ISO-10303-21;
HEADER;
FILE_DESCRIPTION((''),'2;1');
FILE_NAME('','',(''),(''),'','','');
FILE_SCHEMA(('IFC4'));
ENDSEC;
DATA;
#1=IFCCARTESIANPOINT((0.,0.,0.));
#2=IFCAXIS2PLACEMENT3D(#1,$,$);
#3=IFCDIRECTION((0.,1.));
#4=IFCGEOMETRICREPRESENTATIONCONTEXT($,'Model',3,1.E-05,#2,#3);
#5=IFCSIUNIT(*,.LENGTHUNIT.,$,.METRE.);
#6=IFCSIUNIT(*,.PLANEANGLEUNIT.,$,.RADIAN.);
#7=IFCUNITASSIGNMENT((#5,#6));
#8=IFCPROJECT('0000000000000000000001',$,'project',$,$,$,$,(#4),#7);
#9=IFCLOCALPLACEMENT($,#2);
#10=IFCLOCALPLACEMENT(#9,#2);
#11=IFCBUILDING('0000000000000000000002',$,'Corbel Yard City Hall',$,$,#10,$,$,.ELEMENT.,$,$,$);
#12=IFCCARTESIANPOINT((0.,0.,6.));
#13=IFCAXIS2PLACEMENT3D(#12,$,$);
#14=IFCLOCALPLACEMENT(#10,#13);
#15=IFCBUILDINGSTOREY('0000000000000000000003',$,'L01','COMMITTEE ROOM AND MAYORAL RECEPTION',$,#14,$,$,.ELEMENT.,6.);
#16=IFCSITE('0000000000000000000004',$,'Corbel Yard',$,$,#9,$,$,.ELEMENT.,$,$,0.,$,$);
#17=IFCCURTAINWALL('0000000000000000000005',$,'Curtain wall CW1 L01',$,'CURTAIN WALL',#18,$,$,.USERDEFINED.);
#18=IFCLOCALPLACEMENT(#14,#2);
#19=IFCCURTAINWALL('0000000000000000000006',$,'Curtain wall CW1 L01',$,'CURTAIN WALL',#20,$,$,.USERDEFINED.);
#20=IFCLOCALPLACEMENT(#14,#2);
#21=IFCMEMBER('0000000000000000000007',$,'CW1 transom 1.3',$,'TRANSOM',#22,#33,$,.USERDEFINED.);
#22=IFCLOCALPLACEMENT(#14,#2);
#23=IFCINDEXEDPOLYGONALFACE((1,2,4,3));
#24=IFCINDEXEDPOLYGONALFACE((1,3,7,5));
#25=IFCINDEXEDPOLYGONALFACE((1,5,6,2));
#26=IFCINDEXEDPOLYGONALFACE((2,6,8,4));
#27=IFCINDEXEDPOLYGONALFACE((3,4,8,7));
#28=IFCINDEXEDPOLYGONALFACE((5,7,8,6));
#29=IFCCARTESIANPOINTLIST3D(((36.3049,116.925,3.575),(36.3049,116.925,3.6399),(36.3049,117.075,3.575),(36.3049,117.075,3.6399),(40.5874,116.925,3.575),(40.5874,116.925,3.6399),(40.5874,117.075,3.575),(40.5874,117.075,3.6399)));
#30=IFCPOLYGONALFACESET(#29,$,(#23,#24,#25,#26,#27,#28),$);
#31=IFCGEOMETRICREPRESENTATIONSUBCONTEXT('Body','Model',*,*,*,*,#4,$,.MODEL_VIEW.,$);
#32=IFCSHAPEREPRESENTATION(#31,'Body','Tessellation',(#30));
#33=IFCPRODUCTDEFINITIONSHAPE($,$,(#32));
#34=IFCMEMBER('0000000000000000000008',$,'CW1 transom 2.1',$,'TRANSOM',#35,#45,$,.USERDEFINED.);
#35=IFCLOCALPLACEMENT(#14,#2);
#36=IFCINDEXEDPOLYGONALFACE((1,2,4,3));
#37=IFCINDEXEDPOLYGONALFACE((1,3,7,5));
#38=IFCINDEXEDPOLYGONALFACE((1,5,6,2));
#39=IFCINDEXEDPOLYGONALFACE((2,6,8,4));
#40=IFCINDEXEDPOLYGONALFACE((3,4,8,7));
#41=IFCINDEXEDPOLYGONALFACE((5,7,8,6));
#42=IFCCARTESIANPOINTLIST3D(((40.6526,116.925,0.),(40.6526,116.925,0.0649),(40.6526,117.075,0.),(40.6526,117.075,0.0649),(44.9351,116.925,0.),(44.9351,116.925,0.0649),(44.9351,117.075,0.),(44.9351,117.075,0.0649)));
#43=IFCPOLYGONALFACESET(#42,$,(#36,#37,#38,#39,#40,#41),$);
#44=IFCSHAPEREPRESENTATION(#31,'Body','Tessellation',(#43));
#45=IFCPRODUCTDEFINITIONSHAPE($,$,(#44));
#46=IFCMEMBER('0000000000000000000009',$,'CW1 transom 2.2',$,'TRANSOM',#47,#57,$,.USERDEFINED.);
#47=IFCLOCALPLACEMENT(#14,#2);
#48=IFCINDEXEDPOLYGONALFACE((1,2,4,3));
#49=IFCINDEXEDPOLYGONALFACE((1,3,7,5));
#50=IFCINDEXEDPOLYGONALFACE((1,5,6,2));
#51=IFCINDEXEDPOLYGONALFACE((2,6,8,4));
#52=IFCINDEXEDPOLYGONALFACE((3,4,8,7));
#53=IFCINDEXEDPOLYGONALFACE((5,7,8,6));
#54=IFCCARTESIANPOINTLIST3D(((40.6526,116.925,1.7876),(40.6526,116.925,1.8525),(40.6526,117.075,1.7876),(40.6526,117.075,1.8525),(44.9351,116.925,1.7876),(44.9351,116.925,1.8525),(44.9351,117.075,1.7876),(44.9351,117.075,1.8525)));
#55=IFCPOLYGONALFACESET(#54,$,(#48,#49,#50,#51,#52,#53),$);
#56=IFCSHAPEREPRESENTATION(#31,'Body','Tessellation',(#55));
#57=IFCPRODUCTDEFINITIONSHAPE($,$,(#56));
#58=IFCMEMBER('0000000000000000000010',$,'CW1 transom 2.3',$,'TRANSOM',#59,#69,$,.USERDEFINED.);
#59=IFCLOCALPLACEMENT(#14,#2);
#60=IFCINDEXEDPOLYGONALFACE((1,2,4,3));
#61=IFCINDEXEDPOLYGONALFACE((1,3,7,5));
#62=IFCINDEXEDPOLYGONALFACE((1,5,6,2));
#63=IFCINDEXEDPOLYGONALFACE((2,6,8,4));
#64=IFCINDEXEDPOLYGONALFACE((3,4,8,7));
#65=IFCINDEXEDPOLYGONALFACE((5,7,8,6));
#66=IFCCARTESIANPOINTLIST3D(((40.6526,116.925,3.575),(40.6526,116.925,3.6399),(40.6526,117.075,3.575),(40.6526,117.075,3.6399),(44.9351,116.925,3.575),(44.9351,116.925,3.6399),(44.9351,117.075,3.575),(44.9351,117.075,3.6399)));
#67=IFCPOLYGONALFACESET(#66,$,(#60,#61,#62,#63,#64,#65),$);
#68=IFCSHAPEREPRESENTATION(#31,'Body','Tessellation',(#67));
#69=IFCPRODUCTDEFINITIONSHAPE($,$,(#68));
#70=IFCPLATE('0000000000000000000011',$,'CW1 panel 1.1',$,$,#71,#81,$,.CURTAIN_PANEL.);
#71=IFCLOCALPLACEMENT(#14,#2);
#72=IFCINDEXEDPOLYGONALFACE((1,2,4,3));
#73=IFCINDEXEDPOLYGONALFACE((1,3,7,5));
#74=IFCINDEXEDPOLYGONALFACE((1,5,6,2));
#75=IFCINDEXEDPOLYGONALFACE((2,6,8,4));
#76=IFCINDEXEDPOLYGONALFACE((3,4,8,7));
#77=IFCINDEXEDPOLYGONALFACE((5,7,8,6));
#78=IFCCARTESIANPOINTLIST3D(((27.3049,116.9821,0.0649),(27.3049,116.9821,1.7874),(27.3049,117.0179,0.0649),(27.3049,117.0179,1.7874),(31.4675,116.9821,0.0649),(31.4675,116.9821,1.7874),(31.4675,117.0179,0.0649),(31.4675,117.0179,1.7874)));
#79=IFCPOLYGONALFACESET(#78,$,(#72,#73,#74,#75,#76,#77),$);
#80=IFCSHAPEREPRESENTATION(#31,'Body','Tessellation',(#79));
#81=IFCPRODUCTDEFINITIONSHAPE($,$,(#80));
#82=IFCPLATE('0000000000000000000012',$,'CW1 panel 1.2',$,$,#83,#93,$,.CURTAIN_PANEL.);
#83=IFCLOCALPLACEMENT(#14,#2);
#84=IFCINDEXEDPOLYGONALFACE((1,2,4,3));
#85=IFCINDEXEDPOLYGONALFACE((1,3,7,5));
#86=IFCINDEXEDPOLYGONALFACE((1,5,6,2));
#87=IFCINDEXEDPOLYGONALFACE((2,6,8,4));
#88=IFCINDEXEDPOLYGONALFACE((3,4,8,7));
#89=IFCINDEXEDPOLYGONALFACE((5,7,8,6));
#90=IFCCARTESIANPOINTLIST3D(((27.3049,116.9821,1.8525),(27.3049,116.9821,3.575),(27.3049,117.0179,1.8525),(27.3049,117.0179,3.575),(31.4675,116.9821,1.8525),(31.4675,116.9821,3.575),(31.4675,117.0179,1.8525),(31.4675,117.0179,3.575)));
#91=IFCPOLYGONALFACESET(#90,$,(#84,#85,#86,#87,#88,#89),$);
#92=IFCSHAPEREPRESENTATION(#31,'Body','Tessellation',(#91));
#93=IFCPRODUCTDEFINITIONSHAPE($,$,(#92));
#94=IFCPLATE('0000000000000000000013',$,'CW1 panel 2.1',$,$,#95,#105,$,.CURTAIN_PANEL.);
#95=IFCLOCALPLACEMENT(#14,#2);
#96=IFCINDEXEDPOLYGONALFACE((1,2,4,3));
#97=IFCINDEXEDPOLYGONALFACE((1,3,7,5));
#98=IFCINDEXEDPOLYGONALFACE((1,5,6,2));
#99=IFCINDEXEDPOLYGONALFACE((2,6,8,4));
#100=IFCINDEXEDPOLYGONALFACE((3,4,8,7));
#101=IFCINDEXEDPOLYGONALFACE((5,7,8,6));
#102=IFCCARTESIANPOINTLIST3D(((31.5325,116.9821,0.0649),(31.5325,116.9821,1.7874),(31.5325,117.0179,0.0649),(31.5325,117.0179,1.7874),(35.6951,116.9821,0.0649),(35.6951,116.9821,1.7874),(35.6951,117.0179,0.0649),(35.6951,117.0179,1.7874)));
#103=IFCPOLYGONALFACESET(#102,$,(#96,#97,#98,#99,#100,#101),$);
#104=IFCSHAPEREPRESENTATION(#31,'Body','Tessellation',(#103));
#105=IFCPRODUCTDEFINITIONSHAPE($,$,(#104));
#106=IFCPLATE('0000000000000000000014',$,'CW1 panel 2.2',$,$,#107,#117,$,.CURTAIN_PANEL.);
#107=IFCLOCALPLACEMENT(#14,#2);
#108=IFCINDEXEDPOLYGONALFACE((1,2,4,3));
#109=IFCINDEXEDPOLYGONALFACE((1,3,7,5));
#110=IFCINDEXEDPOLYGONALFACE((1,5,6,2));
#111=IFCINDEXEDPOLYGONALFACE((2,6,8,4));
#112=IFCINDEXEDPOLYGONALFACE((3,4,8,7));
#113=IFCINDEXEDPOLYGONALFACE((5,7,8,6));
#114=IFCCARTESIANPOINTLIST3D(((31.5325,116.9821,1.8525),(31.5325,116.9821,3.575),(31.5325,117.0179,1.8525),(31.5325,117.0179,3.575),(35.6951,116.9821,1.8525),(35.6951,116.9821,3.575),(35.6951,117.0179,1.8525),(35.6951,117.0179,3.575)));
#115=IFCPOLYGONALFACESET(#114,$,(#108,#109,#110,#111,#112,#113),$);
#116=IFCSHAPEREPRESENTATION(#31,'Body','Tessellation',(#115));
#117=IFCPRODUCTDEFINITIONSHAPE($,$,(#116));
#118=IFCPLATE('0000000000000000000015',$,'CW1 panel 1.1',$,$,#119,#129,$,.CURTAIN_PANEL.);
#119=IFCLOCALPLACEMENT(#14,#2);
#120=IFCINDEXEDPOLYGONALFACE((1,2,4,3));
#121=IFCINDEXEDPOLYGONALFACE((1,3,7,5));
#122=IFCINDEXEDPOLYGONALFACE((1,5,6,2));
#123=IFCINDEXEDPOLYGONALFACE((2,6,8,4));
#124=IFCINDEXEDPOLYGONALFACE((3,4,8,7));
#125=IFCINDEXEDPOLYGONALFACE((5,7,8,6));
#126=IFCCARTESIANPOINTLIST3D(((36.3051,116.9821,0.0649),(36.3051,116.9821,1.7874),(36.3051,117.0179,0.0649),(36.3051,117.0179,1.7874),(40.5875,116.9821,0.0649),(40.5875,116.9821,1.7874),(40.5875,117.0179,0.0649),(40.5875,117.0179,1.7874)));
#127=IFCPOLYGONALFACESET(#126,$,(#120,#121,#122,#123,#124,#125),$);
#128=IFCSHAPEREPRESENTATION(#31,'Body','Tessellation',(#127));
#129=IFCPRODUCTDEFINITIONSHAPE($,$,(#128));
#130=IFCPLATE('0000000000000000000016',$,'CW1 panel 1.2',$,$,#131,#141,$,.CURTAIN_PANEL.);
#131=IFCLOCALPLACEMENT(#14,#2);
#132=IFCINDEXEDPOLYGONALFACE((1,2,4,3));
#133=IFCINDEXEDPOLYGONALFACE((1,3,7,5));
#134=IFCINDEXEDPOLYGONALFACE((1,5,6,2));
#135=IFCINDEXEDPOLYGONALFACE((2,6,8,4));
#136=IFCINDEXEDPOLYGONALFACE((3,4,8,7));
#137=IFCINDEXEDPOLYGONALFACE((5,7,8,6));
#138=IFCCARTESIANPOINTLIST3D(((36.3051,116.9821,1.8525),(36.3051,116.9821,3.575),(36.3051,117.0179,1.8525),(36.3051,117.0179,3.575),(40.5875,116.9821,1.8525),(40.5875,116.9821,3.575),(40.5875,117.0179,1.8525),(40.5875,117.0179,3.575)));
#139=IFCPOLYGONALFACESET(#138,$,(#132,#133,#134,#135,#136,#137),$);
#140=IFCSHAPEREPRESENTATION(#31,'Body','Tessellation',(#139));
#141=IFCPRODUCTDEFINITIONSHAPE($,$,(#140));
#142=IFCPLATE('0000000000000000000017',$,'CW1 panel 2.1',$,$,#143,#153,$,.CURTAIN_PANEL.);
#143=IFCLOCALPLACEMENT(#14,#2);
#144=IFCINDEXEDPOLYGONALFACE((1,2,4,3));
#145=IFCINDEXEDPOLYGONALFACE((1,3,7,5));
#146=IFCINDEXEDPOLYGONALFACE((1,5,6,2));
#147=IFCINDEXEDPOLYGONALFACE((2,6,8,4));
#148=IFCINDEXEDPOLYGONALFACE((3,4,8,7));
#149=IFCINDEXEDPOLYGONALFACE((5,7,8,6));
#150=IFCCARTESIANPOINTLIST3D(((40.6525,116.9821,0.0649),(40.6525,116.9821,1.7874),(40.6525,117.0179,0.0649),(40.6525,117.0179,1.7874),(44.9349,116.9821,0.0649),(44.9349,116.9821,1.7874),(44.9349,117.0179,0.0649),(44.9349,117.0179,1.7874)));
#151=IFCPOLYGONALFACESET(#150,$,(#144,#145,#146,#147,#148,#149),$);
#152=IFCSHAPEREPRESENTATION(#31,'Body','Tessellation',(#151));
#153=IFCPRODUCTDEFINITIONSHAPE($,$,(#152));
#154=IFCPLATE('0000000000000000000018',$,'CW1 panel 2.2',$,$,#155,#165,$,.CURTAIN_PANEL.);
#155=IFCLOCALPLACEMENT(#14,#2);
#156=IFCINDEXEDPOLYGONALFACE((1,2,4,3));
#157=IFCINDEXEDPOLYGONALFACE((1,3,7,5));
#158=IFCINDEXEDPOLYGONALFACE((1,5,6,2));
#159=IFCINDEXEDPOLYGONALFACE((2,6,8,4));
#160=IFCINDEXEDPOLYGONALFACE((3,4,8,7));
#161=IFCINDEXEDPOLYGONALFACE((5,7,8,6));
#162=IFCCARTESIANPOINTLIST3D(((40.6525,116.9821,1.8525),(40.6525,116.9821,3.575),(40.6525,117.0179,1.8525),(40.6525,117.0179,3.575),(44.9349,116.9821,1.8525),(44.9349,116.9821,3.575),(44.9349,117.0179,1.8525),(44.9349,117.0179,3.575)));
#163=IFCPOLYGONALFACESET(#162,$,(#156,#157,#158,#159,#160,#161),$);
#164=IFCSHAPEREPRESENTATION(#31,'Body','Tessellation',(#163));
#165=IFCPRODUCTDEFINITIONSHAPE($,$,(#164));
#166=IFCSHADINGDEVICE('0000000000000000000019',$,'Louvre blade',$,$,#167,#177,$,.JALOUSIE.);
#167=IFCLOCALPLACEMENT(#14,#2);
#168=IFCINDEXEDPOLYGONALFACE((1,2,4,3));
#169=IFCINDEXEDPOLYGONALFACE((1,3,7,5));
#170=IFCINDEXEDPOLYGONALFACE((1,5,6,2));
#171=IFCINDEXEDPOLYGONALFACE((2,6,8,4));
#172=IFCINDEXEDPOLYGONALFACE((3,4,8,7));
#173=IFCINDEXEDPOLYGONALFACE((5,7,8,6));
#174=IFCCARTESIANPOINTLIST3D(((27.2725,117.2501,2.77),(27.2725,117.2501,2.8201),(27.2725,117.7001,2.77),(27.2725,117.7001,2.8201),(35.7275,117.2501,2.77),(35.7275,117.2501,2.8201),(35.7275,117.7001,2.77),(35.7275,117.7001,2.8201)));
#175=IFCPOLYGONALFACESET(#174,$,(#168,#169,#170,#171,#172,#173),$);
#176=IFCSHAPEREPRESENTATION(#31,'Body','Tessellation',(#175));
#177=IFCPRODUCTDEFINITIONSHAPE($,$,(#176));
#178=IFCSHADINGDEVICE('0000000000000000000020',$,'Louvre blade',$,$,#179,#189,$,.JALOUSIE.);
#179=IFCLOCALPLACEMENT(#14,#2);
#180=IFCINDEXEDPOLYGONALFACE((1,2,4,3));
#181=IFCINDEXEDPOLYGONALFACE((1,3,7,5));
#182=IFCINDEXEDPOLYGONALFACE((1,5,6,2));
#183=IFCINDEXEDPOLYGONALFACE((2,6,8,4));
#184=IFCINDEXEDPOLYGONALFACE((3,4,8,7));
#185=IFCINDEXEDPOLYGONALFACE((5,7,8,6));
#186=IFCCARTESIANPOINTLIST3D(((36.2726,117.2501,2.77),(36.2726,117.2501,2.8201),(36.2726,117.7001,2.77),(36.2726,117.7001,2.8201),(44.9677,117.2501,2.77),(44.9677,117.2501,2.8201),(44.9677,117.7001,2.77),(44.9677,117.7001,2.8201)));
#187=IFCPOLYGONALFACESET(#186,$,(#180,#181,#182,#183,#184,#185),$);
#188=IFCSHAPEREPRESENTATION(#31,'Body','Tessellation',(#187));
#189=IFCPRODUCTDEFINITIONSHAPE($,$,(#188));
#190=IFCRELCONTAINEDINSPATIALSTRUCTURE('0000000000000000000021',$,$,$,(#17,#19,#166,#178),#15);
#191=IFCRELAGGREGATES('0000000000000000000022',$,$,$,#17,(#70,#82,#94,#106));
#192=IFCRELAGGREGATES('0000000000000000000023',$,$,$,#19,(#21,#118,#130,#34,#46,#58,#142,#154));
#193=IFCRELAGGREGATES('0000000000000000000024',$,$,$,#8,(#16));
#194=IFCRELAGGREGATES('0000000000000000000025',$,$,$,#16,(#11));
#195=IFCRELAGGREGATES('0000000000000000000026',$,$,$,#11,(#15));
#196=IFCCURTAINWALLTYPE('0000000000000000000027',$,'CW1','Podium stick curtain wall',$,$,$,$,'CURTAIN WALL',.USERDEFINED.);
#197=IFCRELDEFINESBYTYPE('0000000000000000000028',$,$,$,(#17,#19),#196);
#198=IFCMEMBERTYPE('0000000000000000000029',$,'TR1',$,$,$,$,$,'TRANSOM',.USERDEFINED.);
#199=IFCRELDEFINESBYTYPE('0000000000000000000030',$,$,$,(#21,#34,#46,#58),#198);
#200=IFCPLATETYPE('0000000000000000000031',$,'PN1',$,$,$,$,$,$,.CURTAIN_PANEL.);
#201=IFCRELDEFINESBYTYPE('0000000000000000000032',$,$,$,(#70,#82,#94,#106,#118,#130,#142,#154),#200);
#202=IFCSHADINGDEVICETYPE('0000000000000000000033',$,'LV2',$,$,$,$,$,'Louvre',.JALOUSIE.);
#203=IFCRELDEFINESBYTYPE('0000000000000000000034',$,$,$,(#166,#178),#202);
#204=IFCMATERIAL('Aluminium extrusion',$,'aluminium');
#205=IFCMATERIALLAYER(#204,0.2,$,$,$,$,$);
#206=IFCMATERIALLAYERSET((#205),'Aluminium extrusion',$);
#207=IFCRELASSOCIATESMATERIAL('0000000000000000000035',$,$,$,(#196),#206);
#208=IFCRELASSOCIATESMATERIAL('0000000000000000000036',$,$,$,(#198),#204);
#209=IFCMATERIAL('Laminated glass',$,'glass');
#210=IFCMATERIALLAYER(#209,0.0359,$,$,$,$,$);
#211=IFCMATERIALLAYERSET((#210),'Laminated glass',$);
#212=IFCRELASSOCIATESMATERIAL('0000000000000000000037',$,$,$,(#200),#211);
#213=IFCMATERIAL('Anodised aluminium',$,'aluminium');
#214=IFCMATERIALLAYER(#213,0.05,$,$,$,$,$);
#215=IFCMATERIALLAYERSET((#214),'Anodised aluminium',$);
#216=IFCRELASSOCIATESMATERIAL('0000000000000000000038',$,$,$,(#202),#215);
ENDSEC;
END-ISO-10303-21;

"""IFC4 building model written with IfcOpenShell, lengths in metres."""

from ifc_helpers import new_model, si_unit, direction, frame, origin, origin_2d, place, context, subcontext, project, spatial, rectangle, extrude, material, layer, layer_set, material_profile, profile_set, type_object, element, aggregate, save


model = new_model("IFC4")

# Units and contexts
model_context = context("Model", 3, precision=1e-05, world=origin(), true_north=direction((0.0, 1.0)))
body_context = subcontext(model_context, "Body", "Model", "MODEL_VIEW")
ifc_project = project(units=[si_unit("LENGTHUNIT", "METRE"), si_unit("PLANEANGLEUNIT", "RADIAN")], contexts=[model_context])

# Site, building, storey
site_placement = place(None, origin())
site = spatial("IfcSite", under=ifc_project, at=site_placement, Name="Corbel Yard", CompositionType="ELEMENT", RefElevation=0.0)
building_placement = place(site_placement, origin())
building = spatial("IfcBuilding", under=site, at=building_placement, Name="Corbel Yard City Hall", CompositionType="ELEMENT")
storey_placement = place(building_placement, frame((0.0, 0.0, 6.0)))
storey = spatial("IfcBuildingStorey", under=building, at=storey_placement, Name="L01", Description="COMMITTEE ROOM AND MAYORAL RECEPTION", CompositionType="ELEMENT", Elevation=6.0)

# Curtain walls
ifc_material_1 = material(Name="Aluminium extrusion", Category="aluminium")
ifc_layer_1 = layer(ifc_material_1, 0.2)
ifc_layer_set_1 = layer_set([ifc_layer_1], Name="Aluminium extrusion")
curtain_wall_type = type_object("IfcCurtainWallType", Name="CW1", Description="Podium stick curtain wall", ElementType="CURTAIN WALL", PredefinedType="USERDEFINED", material=ifc_layer_set_1)
curtain_wall_1_placement = place(storey_placement, origin())
curtain_wall_1 = element("IfcCurtainWall", 1, at=curtain_wall_1_placement, inside=storey, type_object=curtain_wall_type, Name="Curtain wall CW1 L01", ObjectType="CURTAIN WALL", PredefinedType="USERDEFINED")
curtain_wall_2_placement = place(storey_placement, origin())
curtain_wall_2 = element("IfcCurtainWall", 2, at=curtain_wall_2_placement, inside=storey, type_object=curtain_wall_type, Name="Curtain wall CW1 L01", ObjectType="CURTAIN WALL", PredefinedType="USERDEFINED")

# Members
ifc_material_profile_1 = material_profile(ifc_material_1, rectangle(XDim=0.1499, YDim=0.0649, at=origin_2d()), Name="150x65")
ifc_profile_set_1 = profile_set([ifc_material_profile_1], Name="Aluminium extrusion")
member_type_1 = type_object("IfcMemberType", Name="TR1", ElementType="TRANSOM", PredefinedType="USERDEFINED", material=ifc_profile_set_1)
member_1_placement = place(storey_placement, frame((36.3049, 117.0, 3.6074), z_axis=(1.0, 0.0, 0.0), x_axis=(0.0, 1.0, 0.0)))
member_1 = element("IfcMember", 3, at=member_1_placement, type_object=member_type_1, Name="CW1 transom 1.3", ObjectType="TRANSOM", PredefinedType="USERDEFINED", context=body_context, shape_type="SweptSolid", body=[
    extrude(rectangle(XDim=0.1499, YDim=0.0649, at=origin_2d()), origin(), (0.0, 0.0, 1.0), 4.2825),
])
member_2_placement = place(storey_placement, frame((40.6526, 117.0, 0.0325), z_axis=(1.0, 0.0, 0.0), x_axis=(0.0, 1.0, 0.0)))
member_2 = element("IfcMember", 4, at=member_2_placement, type_object=member_type_1, Name="CW1 transom 2.1", ObjectType="TRANSOM", PredefinedType="USERDEFINED", context=body_context, shape_type="SweptSolid", body=[
    extrude(rectangle(XDim=0.1499, YDim=0.0649, at=origin_2d()), origin(), (0.0, 0.0, 1.0), 4.2825),
])
member_3_placement = place(storey_placement, frame((40.6526, 117.0, 1.8201), z_axis=(1.0, 0.0, 0.0), x_axis=(0.0, 1.0, 0.0)))
member_3 = element("IfcMember", 5, at=member_3_placement, type_object=member_type_1, Name="CW1 transom 2.2", ObjectType="TRANSOM", PredefinedType="USERDEFINED", context=body_context, shape_type="SweptSolid", body=[
    extrude(rectangle(XDim=0.1499, YDim=0.0649, at=origin_2d()), origin(), (0.0, 0.0, 1.0), 4.2825),
])
member_4_placement = place(storey_placement, frame((40.6526, 117.0, 3.6074), z_axis=(1.0, 0.0, 0.0), x_axis=(0.0, 1.0, 0.0)))
member_4 = element("IfcMember", 6, at=member_4_placement, type_object=member_type_1, Name="CW1 transom 2.3", ObjectType="TRANSOM", PredefinedType="USERDEFINED", context=body_context, shape_type="SweptSolid", body=[
    extrude(rectangle(XDim=0.1499, YDim=0.0649, at=origin_2d()), origin(), (0.0, 0.0, 1.0), 4.2825),
])

# Plates
ifc_material_2 = material(Name="Laminated glass", Category="glass")
ifc_layer_2 = layer(ifc_material_2, 0.0359)
ifc_layer_set_2 = layer_set([ifc_layer_2], Name="Laminated glass")
plate_type = type_object("IfcPlateType", Name="PN1", PredefinedType="CURTAIN_PANEL", material=ifc_layer_set_2)
plate_1_placement = place(storey_placement, frame((29.3862, 117.0, 0.0649), z_axis=(0.0, 0.0, 1.0), x_axis=(1.0, 0.0, 0.0)))
plate_1 = element("IfcPlate", 7, at=plate_1_placement, type_object=plate_type, Name="CW1 panel 1.1", PredefinedType="CURTAIN_PANEL", context=body_context, shape_type="SweptSolid", body=[
    extrude(rectangle(XDim=4.1626, YDim=0.0359, at=origin_2d()), origin(), (0.0, 0.0, 1.0), 1.7224),
])
plate_2_placement = place(storey_placement, frame((29.3862, 117.0, 1.8525), z_axis=(0.0, 0.0, 1.0), x_axis=(1.0, 0.0, 0.0)))
plate_2 = element("IfcPlate", 8, at=plate_2_placement, type_object=plate_type, Name="CW1 panel 1.2", PredefinedType="CURTAIN_PANEL", context=body_context, shape_type="SweptSolid", body=[
    extrude(rectangle(XDim=4.1626, YDim=0.0359, at=origin_2d()), origin(), (0.0, 0.0, 1.0), 1.7224),
])
plate_3_placement = place(storey_placement, frame((33.6138, 117.0, 0.0649), z_axis=(0.0, 0.0, 1.0), x_axis=(1.0, 0.0, 0.0)))
plate_3 = element("IfcPlate", 9, at=plate_3_placement, type_object=plate_type, Name="CW1 panel 2.1", PredefinedType="CURTAIN_PANEL", context=body_context, shape_type="SweptSolid", body=[
    extrude(rectangle(XDim=4.1626, YDim=0.0359, at=origin_2d()), origin(), (0.0, 0.0, 1.0), 1.7224),
])
plate_4_placement = place(storey_placement, frame((33.6138, 117.0, 1.8525), z_axis=(0.0, 0.0, 1.0), x_axis=(1.0, 0.0, 0.0)))
plate_4 = element("IfcPlate", 10, at=plate_4_placement, type_object=plate_type, Name="CW1 panel 2.2", PredefinedType="CURTAIN_PANEL", context=body_context, shape_type="SweptSolid", body=[
    extrude(rectangle(XDim=4.1626, YDim=0.0359, at=origin_2d()), origin(), (0.0, 0.0, 1.0), 1.7224),
])
aggregate(curtain_wall_1, [plate_1, plate_2, plate_3, plate_4])
plate_5_placement = place(storey_placement, frame((38.4463, 117.0, 0.0649), z_axis=(0.0, 0.0, 1.0), x_axis=(1.0, 0.0, 0.0)))
plate_5 = element("IfcPlate", 11, at=plate_5_placement, type_object=plate_type, Name="CW1 panel 1.1", PredefinedType="CURTAIN_PANEL", context=body_context, shape_type="SweptSolid", body=[
    extrude(rectangle(XDim=4.2825, YDim=0.0359, at=origin_2d()), origin(), (0.0, 0.0, 1.0), 1.7224),
])
plate_6_placement = place(storey_placement, frame((38.4463, 117.0, 1.8525), z_axis=(0.0, 0.0, 1.0), x_axis=(1.0, 0.0, 0.0)))
plate_6 = element("IfcPlate", 12, at=plate_6_placement, type_object=plate_type, Name="CW1 panel 1.2", PredefinedType="CURTAIN_PANEL", context=body_context, shape_type="SweptSolid", body=[
    extrude(rectangle(XDim=4.2825, YDim=0.0359, at=origin_2d()), origin(), (0.0, 0.0, 1.0), 1.7224),
])
plate_7_placement = place(storey_placement, frame((42.7937, 117.0, 0.0649), z_axis=(0.0, 0.0, 1.0), x_axis=(1.0, 0.0, 0.0)))
plate_7 = element("IfcPlate", 13, at=plate_7_placement, type_object=plate_type, Name="CW1 panel 2.1", PredefinedType="CURTAIN_PANEL", context=body_context, shape_type="SweptSolid", body=[
    extrude(rectangle(XDim=4.2825, YDim=0.0359, at=origin_2d()), origin(), (0.0, 0.0, 1.0), 1.7224),
])
plate_8_placement = place(storey_placement, frame((42.7937, 117.0, 1.8525), z_axis=(0.0, 0.0, 1.0), x_axis=(1.0, 0.0, 0.0)))
plate_8 = element("IfcPlate", 14, at=plate_8_placement, type_object=plate_type, Name="CW1 panel 2.2", PredefinedType="CURTAIN_PANEL", context=body_context, shape_type="SweptSolid", body=[
    extrude(rectangle(XDim=4.2825, YDim=0.0359, at=origin_2d()), origin(), (0.0, 0.0, 1.0), 1.7224),
])
aggregate(curtain_wall_2, [member_1, plate_5, plate_6, member_2, member_3, member_4, plate_7, plate_8])

# Shading devices
ifc_material_3 = material(Name="Anodised aluminium", Category="aluminium")
ifc_layer_3 = layer(ifc_material_3, 0.05)
ifc_layer_set_3 = layer_set([ifc_layer_3], Name="Anodised aluminium")
shading_device_type = type_object("IfcShadingDeviceType", Name="LV2", ElementType="Louvre", PredefinedType="JALOUSIE", material=ifc_layer_set_3)
shading_device_1_placement = place(storey_placement, frame((31.5, 117.4751, 2.77), z_axis=(0.0, 0.0, 1.0), x_axis=(1.0, 0.0, 0.0)))
element("IfcShadingDevice", 15, at=shading_device_1_placement, inside=storey, type_object=shading_device_type, Name="Louvre blade", PredefinedType="JALOUSIE", context=body_context, shape_type="SweptSolid", body=[
    extrude(rectangle(XDim=8.4551, YDim=0.45, at=origin_2d()), origin(), (0.0, 0.0, 1.0), 0.05),
])
shading_device_2_placement = place(storey_placement, frame((40.6201, 117.4751, 2.77), z_axis=(0.0, 0.0, 1.0), x_axis=(1.0, 0.0, 0.0)))
element("IfcShadingDevice", 16, at=shading_device_2_placement, inside=storey, type_object=shading_device_type, Name="Louvre blade", PredefinedType="JALOUSIE", context=body_context, shape_type="SweptSolid", body=[
    extrude(rectangle(XDim=8.6951, YDim=0.45, at=origin_2d()), origin(), (0.0, 0.0, 1.0), 0.05),
])

save(model, "model.ifc")
